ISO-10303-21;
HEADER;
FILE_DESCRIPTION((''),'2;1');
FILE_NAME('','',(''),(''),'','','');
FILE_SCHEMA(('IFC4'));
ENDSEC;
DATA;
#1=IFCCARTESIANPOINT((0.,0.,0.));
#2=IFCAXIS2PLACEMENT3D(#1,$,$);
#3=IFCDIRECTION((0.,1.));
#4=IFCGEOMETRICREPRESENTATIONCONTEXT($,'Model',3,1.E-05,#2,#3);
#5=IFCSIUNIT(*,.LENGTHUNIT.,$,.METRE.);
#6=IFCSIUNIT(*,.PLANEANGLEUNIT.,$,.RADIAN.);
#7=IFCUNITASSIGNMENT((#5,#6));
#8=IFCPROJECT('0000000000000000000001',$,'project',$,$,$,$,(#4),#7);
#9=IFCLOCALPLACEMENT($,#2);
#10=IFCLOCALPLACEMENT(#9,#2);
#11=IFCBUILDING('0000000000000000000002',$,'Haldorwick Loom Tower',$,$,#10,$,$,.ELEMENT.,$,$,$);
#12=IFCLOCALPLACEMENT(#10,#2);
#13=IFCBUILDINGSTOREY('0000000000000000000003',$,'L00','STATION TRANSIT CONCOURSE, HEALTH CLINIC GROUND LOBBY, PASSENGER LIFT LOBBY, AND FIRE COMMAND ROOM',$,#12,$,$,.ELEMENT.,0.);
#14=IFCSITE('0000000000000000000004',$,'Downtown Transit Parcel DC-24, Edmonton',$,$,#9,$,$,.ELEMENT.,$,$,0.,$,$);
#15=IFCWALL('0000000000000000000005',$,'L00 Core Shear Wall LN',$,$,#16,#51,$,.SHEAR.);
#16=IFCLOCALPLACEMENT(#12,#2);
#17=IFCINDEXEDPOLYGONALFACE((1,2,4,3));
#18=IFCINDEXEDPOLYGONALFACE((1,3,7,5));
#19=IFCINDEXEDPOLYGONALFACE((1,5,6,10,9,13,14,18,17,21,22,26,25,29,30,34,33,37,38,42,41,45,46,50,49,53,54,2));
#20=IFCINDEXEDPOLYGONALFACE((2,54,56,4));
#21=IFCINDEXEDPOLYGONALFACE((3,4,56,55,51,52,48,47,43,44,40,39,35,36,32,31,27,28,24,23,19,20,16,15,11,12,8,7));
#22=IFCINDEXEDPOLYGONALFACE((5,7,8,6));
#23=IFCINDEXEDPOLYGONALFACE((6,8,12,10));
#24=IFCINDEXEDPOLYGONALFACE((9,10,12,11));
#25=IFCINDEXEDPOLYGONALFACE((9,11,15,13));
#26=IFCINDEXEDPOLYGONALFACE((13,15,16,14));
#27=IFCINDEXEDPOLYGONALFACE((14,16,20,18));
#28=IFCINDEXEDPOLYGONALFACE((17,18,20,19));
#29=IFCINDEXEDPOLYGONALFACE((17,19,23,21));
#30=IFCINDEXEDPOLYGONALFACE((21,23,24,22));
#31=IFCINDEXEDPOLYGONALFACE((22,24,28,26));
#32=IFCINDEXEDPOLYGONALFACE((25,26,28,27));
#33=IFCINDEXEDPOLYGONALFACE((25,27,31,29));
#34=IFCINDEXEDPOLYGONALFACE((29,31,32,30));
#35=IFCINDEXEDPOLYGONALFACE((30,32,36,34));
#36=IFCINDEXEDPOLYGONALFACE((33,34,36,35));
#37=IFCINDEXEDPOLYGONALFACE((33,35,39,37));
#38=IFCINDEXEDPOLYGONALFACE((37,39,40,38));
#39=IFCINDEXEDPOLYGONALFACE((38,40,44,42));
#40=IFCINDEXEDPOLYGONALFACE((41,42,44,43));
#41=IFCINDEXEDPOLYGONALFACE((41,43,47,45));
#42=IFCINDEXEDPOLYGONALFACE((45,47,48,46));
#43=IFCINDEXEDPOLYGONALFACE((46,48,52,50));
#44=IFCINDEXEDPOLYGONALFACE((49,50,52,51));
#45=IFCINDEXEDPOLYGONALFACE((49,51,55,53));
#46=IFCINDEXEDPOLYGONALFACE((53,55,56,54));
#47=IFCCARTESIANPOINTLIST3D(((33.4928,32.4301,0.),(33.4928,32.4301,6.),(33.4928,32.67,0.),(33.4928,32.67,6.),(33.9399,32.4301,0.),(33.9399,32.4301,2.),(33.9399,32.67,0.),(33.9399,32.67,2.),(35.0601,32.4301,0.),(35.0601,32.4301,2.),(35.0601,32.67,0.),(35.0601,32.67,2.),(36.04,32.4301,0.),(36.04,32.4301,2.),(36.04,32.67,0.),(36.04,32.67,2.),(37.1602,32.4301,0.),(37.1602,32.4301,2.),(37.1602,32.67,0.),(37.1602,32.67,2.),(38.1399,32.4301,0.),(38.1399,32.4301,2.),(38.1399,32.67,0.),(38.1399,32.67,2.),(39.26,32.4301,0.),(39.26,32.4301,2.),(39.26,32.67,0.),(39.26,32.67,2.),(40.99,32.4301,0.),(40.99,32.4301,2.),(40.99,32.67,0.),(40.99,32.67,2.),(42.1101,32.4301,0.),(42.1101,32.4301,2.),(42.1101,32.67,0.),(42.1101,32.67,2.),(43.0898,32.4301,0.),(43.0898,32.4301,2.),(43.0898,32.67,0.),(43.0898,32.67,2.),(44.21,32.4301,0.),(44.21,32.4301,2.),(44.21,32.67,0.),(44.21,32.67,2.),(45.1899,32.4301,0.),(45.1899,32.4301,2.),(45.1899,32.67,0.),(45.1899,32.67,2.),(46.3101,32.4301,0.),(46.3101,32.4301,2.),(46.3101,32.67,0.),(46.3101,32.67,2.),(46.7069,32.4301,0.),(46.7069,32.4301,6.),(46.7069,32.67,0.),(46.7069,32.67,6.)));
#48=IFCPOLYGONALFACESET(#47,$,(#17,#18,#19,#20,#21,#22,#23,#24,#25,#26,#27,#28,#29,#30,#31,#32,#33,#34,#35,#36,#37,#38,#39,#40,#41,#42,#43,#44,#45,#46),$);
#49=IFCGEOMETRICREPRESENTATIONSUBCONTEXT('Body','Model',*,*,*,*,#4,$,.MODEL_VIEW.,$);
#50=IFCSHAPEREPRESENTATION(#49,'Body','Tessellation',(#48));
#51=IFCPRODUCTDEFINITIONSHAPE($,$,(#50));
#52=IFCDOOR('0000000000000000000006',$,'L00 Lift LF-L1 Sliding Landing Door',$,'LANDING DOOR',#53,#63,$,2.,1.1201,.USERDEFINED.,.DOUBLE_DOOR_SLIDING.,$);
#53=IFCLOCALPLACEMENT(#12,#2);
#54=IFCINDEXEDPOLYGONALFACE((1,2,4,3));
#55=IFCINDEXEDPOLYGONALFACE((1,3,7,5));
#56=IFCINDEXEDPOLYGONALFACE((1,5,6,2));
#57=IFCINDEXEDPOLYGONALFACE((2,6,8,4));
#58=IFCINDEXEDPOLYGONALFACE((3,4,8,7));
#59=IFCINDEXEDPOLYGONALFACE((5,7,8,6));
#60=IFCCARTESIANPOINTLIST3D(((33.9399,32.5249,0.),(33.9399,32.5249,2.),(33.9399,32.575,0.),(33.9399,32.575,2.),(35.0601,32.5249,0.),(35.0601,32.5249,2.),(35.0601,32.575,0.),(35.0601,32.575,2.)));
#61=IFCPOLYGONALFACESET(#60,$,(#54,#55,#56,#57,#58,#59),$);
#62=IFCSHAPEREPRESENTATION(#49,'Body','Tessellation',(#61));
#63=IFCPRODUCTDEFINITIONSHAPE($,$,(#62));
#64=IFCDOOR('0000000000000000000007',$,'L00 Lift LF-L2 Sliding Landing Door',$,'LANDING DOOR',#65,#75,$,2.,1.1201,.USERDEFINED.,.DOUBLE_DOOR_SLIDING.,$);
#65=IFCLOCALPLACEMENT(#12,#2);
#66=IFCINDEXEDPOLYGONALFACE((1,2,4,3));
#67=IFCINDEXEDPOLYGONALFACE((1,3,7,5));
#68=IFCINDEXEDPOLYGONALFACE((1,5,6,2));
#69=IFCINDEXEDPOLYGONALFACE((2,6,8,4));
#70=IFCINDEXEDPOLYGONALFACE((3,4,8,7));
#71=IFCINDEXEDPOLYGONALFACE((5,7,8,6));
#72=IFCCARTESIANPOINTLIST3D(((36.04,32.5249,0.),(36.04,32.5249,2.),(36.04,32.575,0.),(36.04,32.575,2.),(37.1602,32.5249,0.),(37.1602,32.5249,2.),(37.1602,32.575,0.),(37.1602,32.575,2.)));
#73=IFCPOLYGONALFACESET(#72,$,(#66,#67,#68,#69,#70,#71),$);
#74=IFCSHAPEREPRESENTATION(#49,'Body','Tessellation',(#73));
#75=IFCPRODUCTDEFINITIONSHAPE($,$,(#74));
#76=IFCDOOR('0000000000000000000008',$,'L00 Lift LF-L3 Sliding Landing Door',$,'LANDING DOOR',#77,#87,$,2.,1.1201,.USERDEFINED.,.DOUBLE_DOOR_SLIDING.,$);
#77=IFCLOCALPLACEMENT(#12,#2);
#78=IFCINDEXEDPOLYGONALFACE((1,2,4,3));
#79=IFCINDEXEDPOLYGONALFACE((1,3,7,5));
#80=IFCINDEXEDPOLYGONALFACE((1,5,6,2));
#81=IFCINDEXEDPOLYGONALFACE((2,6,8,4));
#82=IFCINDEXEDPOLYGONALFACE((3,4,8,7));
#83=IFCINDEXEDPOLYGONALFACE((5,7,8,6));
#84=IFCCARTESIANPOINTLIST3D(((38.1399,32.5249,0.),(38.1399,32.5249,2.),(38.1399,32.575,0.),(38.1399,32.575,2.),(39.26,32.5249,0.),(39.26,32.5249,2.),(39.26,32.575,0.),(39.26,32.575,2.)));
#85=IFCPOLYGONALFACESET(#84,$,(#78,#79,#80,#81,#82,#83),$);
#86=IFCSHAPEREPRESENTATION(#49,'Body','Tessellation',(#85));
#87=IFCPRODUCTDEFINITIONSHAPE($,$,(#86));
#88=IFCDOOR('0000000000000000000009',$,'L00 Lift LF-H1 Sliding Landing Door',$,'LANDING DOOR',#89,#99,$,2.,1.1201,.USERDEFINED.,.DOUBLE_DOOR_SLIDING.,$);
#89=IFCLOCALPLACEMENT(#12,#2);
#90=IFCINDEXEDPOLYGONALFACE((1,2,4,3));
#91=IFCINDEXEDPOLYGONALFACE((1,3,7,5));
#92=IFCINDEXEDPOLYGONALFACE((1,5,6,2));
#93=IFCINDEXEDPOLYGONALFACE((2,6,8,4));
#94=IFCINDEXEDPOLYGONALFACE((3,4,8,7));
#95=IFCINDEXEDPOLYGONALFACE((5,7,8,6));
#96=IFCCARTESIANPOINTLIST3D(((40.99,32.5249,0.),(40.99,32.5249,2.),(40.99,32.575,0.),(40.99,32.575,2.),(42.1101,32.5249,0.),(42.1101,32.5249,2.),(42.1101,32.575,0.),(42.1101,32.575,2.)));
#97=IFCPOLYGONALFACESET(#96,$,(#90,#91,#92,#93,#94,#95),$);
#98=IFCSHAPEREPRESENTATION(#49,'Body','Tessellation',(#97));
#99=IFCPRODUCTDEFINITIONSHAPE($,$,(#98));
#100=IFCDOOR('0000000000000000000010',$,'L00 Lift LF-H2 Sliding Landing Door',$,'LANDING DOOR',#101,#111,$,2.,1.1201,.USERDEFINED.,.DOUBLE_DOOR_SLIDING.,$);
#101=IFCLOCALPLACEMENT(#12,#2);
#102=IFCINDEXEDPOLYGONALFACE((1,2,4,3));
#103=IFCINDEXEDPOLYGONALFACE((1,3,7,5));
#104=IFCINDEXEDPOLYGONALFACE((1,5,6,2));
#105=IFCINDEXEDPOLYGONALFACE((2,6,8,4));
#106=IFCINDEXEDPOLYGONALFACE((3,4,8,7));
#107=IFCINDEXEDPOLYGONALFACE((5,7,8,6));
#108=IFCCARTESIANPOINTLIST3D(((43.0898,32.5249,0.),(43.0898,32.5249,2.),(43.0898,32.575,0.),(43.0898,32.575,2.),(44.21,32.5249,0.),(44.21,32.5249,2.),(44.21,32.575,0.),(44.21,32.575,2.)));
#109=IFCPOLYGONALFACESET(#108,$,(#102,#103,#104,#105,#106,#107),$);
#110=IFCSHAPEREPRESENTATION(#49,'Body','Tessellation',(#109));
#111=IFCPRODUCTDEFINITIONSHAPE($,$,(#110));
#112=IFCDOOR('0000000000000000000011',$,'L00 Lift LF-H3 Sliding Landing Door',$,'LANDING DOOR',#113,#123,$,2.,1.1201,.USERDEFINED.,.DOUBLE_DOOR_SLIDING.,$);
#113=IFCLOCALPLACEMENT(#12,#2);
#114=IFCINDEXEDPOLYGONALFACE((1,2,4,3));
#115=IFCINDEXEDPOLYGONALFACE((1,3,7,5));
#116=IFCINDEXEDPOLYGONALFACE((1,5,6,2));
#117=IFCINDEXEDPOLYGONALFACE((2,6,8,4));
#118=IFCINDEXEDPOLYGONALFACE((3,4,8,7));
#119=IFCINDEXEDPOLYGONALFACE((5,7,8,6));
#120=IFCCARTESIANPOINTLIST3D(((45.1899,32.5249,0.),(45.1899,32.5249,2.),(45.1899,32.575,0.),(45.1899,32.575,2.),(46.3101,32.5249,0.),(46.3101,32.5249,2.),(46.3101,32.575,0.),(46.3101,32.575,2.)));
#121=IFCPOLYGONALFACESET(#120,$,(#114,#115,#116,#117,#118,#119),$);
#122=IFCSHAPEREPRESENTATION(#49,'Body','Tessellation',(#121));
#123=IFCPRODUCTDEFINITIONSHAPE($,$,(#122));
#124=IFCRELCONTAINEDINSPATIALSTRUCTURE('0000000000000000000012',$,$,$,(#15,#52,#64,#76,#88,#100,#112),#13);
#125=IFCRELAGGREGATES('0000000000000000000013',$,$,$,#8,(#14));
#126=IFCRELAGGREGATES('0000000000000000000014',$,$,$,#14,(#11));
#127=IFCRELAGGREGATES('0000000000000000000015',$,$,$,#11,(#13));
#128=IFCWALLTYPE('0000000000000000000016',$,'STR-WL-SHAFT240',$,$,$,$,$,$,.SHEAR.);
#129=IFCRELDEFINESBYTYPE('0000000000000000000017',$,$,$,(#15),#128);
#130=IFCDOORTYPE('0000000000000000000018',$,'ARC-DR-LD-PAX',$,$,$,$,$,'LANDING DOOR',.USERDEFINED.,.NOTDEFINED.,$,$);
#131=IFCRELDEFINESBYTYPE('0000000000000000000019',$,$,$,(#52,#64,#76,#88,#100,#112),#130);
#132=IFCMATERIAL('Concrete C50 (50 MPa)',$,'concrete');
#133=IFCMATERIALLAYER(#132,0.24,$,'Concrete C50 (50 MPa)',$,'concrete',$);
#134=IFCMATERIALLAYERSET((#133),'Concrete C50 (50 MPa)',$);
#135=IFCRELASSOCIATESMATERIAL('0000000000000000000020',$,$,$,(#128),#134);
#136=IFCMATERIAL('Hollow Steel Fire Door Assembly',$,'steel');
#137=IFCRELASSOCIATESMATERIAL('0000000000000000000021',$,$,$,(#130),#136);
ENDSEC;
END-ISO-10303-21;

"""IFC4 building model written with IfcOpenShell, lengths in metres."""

from ifc_helpers import new_model, si_unit, direction, frame, frame_2d, origin, place, context, subcontext, project, spatial, rectangle, extrude, material, layer, layer_set, type_object, element, fill, save


model = new_model("IFC4")

# Units and contexts
model_context = context("Model", 3, precision=1e-05, world=origin(), true_north=direction((0.0, 1.0)))
body_context = subcontext(model_context, "Body", "Model", "MODEL_VIEW")
ifc_project = project(units=[si_unit("LENGTHUNIT", "METRE"), si_unit("PLANEANGLEUNIT", "RADIAN")], contexts=[model_context])

# Site, building, storey
site_placement = place(None, origin())
site = spatial("IfcSite", under=ifc_project, at=site_placement, Name="Downtown Transit Parcel DC-24, Edmonton", CompositionType="ELEMENT", RefElevation=0.0)
building_placement = place(site_placement, origin())
building = spatial("IfcBuilding", under=site, at=building_placement, Name="Haldorwick Loom Tower", CompositionType="ELEMENT")
storey_placement = place(building_placement, origin())
storey = spatial("IfcBuildingStorey", under=building, at=storey_placement, Name="L00", Description="STATION TRANSIT CONCOURSE, HEALTH CLINIC GROUND LOBBY, PASSENGER LIFT LOBBY, AND FIRE COMMAND ROOM", CompositionType="ELEMENT", Elevation=0.0)

# Wall, openings, doors
ifc_material_1 = material(Name="Concrete C50 (50 MPa)", Category="concrete")
ifc_layer_1 = layer(ifc_material_1, 0.24, Name="Concrete C50 (50 MPa)", Category="concrete")
ifc_layer_set_1 = layer_set([ifc_layer_1], Name="Concrete C50 (50 MPa)")
wall_type_1 = type_object("IfcWallType", Name="STR-WL-SHAFT240", PredefinedType="SHEAR", material=ifc_layer_set_1)
wall_1_placement = place(storey_placement, frame((33.4929, 32.55, 0.0), z_axis=(0.0, 0.0, 1.0), x_axis=(1.0, 0.0, 0.0)))
wall_1 = element("IfcWall", 1, at=wall_1_placement, inside=storey, type_object=wall_type_1, Name="L00 Core Shear Wall LN", PredefinedType="SHEAR", context=body_context, shape_type="SweptSolid", body=[
    extrude(rectangle(XDim=13.2141, YDim=0.24, at=frame_2d((6.6069, 0.0))), origin(), (0.0, 0.0, 1.0), 6.0),
])
opening_1_placement = place(wall_1_placement, frame((0.447, 0.0, 0.0)))
opening_1 = element("IfcOpeningElement", 2, at=opening_1_placement, cuts=wall_1, PredefinedType="OPENING", context=body_context, shape_type="SweptSolid", body=[
    extrude(rectangle(XDim=1.1201, YDim=2.0, at=frame_2d((0.5601, 1.0))), frame((0.0, 0.1299, 0.0), z_axis=(0.0, -1.0, 0.0), x_axis=(1.0, 0.0, 0.0)), (0.0, 0.0, 1.0), 0.26),
])
opening_2_placement = place(wall_1_placement, frame((2.5471, 0.0, 0.0)))
opening_2 = element("IfcOpeningElement", 3, at=opening_2_placement, cuts=wall_1, PredefinedType="OPENING", context=body_context, shape_type="SweptSolid", body=[
    extrude(rectangle(XDim=1.1201, YDim=2.0, at=frame_2d((0.5601, 1.0))), frame((0.0, 0.1299, 0.0), z_axis=(0.0, -1.0, 0.0), x_axis=(1.0, 0.0, 0.0)), (0.0, 0.0, 1.0), 0.26),
])
opening_3_placement = place(wall_1_placement, frame((4.647, 0.0, 0.0)))
opening_3 = element("IfcOpeningElement", 4, at=opening_3_placement, cuts=wall_1, PredefinedType="OPENING", context=body_context, shape_type="SweptSolid", body=[
    extrude(rectangle(XDim=1.1201, YDim=2.0, at=frame_2d((0.5601, 1.0))), frame((0.0, 0.1299, 0.0), z_axis=(0.0, -1.0, 0.0), x_axis=(1.0, 0.0, 0.0)), (0.0, 0.0, 1.0), 0.26),
])
opening_4_placement = place(wall_1_placement, frame((7.4971, 0.0, 0.0)))
opening_4 = element("IfcOpeningElement", 5, at=opening_4_placement, cuts=wall_1, PredefinedType="OPENING", context=body_context, shape_type="SweptSolid", body=[
    extrude(rectangle(XDim=1.1201, YDim=2.0, at=frame_2d((0.5601, 1.0))), frame((0.0, 0.1299, 0.0), z_axis=(0.0, -1.0, 0.0), x_axis=(1.0, 0.0, 0.0)), (0.0, 0.0, 1.0), 0.26),
])
opening_5_placement = place(wall_1_placement, frame((9.5969, 0.0, 0.0)))
opening_5 = element("IfcOpeningElement", 6, at=opening_5_placement, cuts=wall_1, PredefinedType="OPENING", context=body_context, shape_type="SweptSolid", body=[
    extrude(rectangle(XDim=1.1201, YDim=2.0, at=frame_2d((0.5601, 1.0))), frame((0.0, 0.1299, 0.0), z_axis=(0.0, -1.0, 0.0), x_axis=(1.0, 0.0, 0.0)), (0.0, 0.0, 1.0), 0.26),
])
opening_6_placement = place(wall_1_placement, frame((11.697, 0.0, 0.0)))
opening_6 = element("IfcOpeningElement", 7, at=opening_6_placement, cuts=wall_1, PredefinedType="OPENING", context=body_context, shape_type="SweptSolid", body=[
    extrude(rectangle(XDim=1.1201, YDim=2.0, at=frame_2d((0.5601, 1.0))), frame((0.0, 0.1299, 0.0), z_axis=(0.0, -1.0, 0.0), x_axis=(1.0, 0.0, 0.0)), (0.0, 0.0, 1.0), 0.26),
])
ifc_material_2 = material(Name="Hollow Steel Fire Door Assembly", Category="steel")
door_type = type_object("IfcDoorType", Name="ARC-DR-LD-PAX", ElementType="LANDING DOOR", OperationType="NOTDEFINED", PredefinedType="USERDEFINED", material=ifc_material_2)
door_1_placement = place(opening_1_placement, origin())
door_1 = element("IfcDoor", 8, at=door_1_placement, inside=storey, type_object=door_type, Name="L00 Lift LF-L1 Sliding Landing Door", ObjectType="LANDING DOOR", OperationType="DOUBLE_DOOR_SLIDING", OverallHeight=2.0, OverallWidth=1.1201, PredefinedType="USERDEFINED", context=body_context, shape_type="SweptSolid", body=[
    extrude(rectangle(XDim=1.1201, YDim=2.0, at=frame_2d((0.5601, 1.0))), frame((0.0, 0.0249, 0.0), z_axis=(0.0, -1.0, 0.0), x_axis=(1.0, 0.0, 0.0)), (0.0, 0.0, 1.0), 0.05),
])
fill(opening_1, door_1)
door_2_placement = place(opening_2_placement, origin())
door_2 = element("IfcDoor", 9, at=door_2_placement, inside=storey, type_object=door_type, Name="L00 Lift LF-L2 Sliding Landing Door", ObjectType="LANDING DOOR", OperationType="DOUBLE_DOOR_SLIDING", OverallHeight=2.0, OverallWidth=1.1201, PredefinedType="USERDEFINED", context=body_context, shape_type="SweptSolid", body=[
    extrude(rectangle(XDim=1.1201, YDim=2.0, at=frame_2d((0.5601, 1.0))), frame((0.0, 0.0249, 0.0), z_axis=(0.0, -1.0, 0.0), x_axis=(1.0, 0.0, 0.0)), (0.0, 0.0, 1.0), 0.05),
])
fill(opening_2, door_2)
door_3_placement = place(opening_3_placement, origin())
door_3 = element("IfcDoor", 10, at=door_3_placement, inside=storey, type_object=door_type, Name="L00 Lift LF-L3 Sliding Landing Door", ObjectType="LANDING DOOR", OperationType="DOUBLE_DOOR_SLIDING", OverallHeight=2.0, OverallWidth=1.1201, PredefinedType="USERDEFINED", context=body_context, shape_type="SweptSolid", body=[
    extrude(rectangle(XDim=1.1201, YDim=2.0, at=frame_2d((0.5601, 1.0))), frame((0.0, 0.0249, 0.0), z_axis=(0.0, -1.0, 0.0), x_axis=(1.0, 0.0, 0.0)), (0.0, 0.0, 1.0), 0.05),
])
fill(opening_3, door_3)
door_4_placement = place(opening_4_placement, origin())
door_4 = element("IfcDoor", 11, at=door_4_placement, inside=storey, type_object=door_type, Name="L00 Lift LF-H1 Sliding Landing Door", ObjectType="LANDING DOOR", OperationType="DOUBLE_DOOR_SLIDING", OverallHeight=2.0, OverallWidth=1.1201, PredefinedType="USERDEFINED", context=body_context, shape_type="SweptSolid", body=[
    extrude(rectangle(XDim=1.1201, YDim=2.0, at=frame_2d((0.5601, 1.0))), frame((0.0, 0.0249, 0.0), z_axis=(0.0, -1.0, 0.0), x_axis=(1.0, 0.0, 0.0)), (0.0, 0.0, 1.0), 0.05),
])
fill(opening_4, door_4)
door_5_placement = place(opening_5_placement, origin())
door_5 = element("IfcDoor", 12, at=door_5_placement, inside=storey, type_object=door_type, Name="L00 Lift LF-H2 Sliding Landing Door", ObjectType="LANDING DOOR", OperationType="DOUBLE_DOOR_SLIDING", OverallHeight=2.0, OverallWidth=1.1201, PredefinedType="USERDEFINED", context=body_context, shape_type="SweptSolid", body=[
    extrude(rectangle(XDim=1.1201, YDim=2.0, at=frame_2d((0.5601, 1.0))), frame((0.0, 0.0249, 0.0), z_axis=(0.0, -1.0, 0.0), x_axis=(1.0, 0.0, 0.0)), (0.0, 0.0, 1.0), 0.05),
])
fill(opening_5, door_5)
door_6_placement = place(opening_6_placement, origin())
door_6 = element("IfcDoor", 13, at=door_6_placement, inside=storey, type_object=door_type, Name="L00 Lift LF-H3 Sliding Landing Door", ObjectType="LANDING DOOR", OperationType="DOUBLE_DOOR_SLIDING", OverallHeight=2.0, OverallWidth=1.1201, PredefinedType="USERDEFINED", context=body_context, shape_type="SweptSolid", body=[
    extrude(rectangle(XDim=1.1201, YDim=2.0, at=frame_2d((0.5601, 1.0))), frame((0.0, 0.0249, 0.0), z_axis=(0.0, -1.0, 0.0), x_axis=(1.0, 0.0, 0.0)), (0.0, 0.0, 1.0), 0.05),
])
fill(opening_6, door_6)

save(model, "model.ifc")
